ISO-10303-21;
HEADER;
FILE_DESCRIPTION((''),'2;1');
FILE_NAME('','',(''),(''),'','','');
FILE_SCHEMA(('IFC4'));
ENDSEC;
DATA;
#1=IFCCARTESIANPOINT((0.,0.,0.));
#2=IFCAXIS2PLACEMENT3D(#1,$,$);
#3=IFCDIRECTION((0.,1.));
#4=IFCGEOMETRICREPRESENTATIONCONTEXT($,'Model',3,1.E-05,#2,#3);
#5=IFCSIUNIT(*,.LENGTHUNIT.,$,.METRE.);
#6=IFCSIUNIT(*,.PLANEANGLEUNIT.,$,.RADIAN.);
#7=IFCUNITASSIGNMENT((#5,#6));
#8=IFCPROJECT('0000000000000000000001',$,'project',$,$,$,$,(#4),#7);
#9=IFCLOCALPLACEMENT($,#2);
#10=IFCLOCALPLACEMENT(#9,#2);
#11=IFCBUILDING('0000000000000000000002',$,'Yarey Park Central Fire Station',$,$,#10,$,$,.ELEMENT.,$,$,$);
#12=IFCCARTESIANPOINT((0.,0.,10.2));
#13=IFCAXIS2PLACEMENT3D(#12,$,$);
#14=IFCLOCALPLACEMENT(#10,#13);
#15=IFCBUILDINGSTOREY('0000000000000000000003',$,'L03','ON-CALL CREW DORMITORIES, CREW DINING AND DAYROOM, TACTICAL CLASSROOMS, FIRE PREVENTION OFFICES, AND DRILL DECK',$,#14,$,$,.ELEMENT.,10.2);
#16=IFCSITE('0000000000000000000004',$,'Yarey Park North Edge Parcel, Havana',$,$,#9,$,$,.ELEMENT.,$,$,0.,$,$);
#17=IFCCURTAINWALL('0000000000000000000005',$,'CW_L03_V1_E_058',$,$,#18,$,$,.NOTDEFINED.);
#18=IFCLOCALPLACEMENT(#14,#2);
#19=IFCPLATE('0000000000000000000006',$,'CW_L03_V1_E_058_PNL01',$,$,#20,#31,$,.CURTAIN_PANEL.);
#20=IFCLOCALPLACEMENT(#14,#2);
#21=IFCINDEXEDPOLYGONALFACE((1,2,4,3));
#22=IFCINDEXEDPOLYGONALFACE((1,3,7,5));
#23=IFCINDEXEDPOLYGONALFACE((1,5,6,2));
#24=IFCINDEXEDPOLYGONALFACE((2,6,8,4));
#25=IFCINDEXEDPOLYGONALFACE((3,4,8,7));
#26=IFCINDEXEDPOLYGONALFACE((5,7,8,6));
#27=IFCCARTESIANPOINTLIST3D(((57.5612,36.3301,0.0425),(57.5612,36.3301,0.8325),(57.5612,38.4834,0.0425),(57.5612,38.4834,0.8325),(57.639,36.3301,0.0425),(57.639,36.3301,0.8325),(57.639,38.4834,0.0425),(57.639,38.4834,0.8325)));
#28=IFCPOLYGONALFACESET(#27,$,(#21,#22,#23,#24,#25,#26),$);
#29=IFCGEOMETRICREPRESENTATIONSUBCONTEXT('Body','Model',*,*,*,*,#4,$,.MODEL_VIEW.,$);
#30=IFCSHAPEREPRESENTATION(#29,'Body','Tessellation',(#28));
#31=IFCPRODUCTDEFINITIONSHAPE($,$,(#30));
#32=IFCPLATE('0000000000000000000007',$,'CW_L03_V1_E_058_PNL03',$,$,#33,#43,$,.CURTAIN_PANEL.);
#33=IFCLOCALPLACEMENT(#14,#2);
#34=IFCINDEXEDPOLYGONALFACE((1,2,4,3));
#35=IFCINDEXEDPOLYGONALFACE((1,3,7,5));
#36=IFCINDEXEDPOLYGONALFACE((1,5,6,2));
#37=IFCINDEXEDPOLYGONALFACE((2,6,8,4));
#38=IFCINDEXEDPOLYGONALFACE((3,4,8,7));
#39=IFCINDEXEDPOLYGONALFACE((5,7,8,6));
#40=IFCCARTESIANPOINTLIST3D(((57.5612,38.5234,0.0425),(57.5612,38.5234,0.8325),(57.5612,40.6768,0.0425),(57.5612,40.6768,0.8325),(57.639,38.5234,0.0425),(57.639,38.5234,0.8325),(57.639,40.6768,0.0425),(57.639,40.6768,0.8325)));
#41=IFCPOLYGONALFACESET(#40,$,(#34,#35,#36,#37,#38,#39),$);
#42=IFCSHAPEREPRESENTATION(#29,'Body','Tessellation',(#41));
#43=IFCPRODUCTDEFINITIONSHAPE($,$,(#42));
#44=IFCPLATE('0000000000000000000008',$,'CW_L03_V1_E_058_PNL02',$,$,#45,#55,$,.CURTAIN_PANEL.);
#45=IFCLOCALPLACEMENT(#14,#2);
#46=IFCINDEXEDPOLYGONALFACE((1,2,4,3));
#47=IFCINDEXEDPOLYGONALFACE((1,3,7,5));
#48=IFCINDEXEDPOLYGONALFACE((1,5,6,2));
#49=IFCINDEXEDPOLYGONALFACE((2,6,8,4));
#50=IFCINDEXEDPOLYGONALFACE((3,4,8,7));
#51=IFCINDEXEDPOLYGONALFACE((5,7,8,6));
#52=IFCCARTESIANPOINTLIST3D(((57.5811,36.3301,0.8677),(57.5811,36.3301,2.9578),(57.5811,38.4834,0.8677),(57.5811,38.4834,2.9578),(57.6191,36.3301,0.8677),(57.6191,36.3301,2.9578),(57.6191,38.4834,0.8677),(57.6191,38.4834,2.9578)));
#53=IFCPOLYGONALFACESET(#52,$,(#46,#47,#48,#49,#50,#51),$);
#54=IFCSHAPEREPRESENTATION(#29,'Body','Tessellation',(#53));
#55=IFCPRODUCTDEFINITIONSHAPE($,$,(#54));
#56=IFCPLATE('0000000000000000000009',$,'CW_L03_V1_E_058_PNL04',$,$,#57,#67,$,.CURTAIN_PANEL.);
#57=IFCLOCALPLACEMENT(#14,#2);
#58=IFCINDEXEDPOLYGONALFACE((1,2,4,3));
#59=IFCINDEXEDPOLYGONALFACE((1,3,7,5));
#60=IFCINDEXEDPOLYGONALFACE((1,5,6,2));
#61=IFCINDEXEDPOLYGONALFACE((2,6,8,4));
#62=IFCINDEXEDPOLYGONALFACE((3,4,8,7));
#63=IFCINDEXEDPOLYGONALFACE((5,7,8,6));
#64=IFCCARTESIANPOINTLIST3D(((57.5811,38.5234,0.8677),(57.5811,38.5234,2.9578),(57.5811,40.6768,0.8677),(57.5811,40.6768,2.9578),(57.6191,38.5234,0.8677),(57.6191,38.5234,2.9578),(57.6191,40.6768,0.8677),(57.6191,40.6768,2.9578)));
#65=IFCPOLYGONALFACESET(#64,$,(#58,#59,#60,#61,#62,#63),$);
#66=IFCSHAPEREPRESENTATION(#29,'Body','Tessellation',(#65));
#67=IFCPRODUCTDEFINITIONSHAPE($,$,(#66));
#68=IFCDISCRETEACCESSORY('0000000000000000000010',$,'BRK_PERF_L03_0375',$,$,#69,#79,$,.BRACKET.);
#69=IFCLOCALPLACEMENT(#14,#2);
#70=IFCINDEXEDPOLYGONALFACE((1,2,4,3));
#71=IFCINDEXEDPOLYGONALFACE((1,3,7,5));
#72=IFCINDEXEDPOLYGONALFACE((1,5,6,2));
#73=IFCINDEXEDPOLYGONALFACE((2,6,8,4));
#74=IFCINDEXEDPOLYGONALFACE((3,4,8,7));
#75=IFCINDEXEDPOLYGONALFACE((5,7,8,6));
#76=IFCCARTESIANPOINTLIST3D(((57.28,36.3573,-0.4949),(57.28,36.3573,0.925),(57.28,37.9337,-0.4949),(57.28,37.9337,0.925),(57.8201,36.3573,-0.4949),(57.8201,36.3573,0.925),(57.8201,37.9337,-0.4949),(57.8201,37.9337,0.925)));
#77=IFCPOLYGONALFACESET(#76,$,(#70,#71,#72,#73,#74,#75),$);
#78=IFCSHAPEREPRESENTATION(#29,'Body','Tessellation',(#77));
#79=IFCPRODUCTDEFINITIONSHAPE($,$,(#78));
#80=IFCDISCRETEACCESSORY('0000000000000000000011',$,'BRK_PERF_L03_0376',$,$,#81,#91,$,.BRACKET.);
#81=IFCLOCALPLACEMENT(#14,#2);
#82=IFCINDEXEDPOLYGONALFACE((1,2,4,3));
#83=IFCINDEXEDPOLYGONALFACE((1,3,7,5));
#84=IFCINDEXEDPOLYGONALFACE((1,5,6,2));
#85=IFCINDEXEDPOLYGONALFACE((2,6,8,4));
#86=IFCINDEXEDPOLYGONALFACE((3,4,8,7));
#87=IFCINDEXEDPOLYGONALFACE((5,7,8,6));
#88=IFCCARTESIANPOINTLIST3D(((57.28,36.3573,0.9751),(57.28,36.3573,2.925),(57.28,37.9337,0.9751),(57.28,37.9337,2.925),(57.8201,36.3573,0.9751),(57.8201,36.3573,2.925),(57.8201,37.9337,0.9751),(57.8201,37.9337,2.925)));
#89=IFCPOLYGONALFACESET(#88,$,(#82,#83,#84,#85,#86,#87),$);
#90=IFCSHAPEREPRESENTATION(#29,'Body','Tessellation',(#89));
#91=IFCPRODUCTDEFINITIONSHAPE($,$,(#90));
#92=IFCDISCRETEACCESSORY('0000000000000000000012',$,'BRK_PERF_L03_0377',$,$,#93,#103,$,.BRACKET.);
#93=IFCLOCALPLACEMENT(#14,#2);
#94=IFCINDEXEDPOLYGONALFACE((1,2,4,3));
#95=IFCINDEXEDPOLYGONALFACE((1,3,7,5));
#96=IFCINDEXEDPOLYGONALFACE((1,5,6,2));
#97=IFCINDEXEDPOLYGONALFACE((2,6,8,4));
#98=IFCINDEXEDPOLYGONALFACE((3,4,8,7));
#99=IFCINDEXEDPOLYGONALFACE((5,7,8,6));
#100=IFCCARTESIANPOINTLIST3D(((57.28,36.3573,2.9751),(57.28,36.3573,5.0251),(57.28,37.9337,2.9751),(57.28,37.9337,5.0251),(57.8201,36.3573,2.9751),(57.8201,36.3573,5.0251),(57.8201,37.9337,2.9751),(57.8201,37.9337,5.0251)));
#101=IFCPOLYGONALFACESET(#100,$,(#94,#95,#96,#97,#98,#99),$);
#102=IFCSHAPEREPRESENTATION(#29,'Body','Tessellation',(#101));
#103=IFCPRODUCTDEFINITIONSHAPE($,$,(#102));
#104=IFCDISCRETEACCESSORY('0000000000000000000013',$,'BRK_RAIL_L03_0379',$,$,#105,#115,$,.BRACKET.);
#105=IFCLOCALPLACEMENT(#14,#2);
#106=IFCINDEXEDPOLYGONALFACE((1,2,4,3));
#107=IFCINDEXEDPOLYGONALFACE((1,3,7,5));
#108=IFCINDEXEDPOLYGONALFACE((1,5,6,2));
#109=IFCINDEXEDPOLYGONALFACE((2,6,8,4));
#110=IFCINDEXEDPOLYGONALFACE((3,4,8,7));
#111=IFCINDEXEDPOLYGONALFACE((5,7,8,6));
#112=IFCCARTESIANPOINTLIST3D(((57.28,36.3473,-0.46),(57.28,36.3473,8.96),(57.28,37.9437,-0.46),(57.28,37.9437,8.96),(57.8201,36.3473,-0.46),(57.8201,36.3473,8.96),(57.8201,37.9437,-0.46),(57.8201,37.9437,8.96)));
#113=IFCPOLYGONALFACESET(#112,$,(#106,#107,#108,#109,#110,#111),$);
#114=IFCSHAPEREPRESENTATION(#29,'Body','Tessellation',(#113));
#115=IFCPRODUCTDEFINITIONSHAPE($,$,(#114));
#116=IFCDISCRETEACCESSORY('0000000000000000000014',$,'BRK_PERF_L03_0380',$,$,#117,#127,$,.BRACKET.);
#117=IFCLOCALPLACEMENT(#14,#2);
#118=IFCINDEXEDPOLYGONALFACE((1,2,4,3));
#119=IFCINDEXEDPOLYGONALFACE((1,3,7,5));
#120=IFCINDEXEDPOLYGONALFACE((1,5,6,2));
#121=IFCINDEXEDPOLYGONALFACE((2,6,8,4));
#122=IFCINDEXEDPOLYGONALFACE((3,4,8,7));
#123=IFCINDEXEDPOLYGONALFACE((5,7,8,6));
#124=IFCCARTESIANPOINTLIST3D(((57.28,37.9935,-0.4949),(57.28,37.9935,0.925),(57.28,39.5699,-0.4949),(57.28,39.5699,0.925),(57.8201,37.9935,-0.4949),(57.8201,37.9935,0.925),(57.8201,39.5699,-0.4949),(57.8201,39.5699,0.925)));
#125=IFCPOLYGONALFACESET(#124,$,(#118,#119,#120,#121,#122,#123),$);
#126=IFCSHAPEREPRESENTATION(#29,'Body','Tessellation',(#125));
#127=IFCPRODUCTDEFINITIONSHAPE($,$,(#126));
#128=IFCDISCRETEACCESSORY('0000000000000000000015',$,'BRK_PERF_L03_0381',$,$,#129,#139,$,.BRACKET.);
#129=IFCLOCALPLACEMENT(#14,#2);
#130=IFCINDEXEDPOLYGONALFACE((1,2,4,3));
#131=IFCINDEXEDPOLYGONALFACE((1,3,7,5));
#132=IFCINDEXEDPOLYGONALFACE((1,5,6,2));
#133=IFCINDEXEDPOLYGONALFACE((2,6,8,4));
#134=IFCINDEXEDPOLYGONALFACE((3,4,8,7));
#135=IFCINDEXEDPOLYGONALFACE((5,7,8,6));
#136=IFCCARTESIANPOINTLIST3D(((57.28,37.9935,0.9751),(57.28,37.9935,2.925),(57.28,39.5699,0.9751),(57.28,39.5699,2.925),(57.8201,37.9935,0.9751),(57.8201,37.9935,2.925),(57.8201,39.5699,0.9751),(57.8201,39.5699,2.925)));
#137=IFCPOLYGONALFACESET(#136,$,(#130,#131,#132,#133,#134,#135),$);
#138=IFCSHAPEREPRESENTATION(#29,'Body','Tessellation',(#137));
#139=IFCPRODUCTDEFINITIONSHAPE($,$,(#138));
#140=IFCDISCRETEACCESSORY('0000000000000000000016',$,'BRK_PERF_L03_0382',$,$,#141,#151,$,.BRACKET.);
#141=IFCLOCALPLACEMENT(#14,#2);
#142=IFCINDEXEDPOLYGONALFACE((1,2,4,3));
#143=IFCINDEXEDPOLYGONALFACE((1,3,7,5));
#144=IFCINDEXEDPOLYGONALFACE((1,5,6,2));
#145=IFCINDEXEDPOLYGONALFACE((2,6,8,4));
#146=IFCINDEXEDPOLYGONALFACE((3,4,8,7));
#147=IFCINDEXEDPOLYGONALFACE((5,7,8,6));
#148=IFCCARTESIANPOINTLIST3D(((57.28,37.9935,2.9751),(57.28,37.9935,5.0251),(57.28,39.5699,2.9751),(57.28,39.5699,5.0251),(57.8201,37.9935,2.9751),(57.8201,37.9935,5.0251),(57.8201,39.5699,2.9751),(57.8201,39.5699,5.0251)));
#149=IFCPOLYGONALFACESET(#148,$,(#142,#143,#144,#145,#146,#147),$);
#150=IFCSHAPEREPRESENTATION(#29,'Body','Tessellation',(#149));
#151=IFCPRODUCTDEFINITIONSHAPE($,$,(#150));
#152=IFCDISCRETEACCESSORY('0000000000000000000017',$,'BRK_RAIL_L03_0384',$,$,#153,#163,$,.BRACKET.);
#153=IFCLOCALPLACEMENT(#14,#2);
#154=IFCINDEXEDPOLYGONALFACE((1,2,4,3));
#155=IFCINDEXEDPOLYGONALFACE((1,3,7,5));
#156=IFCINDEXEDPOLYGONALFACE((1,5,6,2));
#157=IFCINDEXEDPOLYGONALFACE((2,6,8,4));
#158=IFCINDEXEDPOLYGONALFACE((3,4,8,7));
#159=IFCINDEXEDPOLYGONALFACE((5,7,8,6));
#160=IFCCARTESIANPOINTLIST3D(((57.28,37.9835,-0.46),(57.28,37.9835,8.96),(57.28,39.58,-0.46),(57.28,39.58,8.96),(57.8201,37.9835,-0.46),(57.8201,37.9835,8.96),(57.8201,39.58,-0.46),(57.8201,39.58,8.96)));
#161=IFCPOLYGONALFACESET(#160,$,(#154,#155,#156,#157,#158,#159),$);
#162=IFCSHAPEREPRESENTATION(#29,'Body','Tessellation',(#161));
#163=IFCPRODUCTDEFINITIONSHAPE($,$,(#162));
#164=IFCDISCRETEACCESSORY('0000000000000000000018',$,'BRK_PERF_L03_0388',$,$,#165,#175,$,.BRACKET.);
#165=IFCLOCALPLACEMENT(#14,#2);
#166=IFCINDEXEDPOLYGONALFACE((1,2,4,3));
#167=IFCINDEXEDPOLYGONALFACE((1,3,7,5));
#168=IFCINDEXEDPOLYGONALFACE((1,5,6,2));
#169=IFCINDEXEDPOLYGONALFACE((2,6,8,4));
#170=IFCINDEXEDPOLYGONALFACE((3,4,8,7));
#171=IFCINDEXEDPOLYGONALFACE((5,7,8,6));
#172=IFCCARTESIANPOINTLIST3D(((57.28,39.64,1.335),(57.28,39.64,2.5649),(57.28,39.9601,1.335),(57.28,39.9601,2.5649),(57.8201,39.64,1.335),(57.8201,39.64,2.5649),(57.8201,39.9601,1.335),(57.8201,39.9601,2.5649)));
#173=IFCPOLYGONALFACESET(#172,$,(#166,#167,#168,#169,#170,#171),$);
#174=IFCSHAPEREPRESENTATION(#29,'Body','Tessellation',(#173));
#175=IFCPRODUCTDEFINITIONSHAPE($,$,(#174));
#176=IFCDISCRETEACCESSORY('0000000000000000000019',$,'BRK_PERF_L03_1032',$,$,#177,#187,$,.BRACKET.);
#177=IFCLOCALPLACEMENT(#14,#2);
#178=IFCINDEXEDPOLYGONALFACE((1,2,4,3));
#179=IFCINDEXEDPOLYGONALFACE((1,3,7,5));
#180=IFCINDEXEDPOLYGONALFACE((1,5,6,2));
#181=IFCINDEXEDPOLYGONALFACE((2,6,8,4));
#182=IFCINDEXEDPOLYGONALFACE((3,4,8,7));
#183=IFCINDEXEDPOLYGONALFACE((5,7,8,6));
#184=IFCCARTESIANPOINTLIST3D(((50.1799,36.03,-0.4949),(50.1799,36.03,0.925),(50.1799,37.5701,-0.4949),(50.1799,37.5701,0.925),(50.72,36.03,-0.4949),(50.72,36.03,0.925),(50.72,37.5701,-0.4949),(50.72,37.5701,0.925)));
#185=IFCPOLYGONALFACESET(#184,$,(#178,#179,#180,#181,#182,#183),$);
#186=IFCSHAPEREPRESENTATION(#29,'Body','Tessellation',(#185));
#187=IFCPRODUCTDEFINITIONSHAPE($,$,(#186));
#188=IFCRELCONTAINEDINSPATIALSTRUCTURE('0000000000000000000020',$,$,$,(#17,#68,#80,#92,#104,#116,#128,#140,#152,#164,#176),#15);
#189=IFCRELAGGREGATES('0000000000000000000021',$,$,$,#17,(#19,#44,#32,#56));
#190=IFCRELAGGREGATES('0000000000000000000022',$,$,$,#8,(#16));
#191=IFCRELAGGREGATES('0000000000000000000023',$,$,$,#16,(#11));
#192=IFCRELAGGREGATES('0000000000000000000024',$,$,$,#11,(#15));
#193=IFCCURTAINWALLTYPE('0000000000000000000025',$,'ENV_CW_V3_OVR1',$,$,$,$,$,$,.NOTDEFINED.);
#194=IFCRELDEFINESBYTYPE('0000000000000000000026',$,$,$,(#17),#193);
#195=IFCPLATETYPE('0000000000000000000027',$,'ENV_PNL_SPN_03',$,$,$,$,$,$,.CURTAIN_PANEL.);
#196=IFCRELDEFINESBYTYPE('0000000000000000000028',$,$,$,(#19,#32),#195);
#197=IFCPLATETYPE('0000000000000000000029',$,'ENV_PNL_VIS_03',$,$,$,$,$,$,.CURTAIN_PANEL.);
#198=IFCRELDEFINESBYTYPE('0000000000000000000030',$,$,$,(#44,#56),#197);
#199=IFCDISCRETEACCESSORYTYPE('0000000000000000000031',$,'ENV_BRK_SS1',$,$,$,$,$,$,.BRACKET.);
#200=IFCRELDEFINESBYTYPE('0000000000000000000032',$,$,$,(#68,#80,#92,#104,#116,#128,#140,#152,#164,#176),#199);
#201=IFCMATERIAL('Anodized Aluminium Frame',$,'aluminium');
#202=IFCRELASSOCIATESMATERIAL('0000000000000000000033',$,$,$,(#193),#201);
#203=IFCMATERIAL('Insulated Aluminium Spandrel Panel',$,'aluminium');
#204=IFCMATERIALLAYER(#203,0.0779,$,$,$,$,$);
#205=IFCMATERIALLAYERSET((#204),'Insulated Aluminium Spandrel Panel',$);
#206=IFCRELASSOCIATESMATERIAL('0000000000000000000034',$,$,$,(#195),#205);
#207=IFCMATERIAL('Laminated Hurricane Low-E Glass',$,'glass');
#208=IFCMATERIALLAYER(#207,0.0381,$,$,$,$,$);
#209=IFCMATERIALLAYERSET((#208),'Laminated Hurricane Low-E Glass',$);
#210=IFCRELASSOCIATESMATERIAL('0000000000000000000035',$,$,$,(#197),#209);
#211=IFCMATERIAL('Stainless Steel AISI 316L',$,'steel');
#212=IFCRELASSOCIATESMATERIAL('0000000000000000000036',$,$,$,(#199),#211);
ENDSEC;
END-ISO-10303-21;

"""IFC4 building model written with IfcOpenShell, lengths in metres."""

from ifc_helpers import new_model, si_unit, direction, frame, origin, origin_2d, place, context, subcontext, project, spatial, rectangle, extrude, material, layer, layer_set, type_object, element, aggregate, save


model = new_model("IFC4")

# Units and contexts
model_context = context("Model", 3, precision=1e-05, world=origin(), true_north=direction((0.0, 1.0)))
body_context = subcontext(model_context, "Body", "Model", "MODEL_VIEW")
ifc_project = project(units=[si_unit("LENGTHUNIT", "METRE"), si_unit("PLANEANGLEUNIT", "RADIAN")], contexts=[model_context])

# Site, building, storey
site_placement = place(None, origin())
site = spatial("IfcSite", under=ifc_project, at=site_placement, Name="Yarey Park North Edge Parcel, Havana", CompositionType="ELEMENT", RefElevation=0.0)
building_placement = place(site_placement, origin())
building = spatial("IfcBuilding", under=site, at=building_placement, Name="Yarey Park Central Fire Station", CompositionType="ELEMENT")
storey_placement = place(building_placement, frame((0.0, 0.0, 10.2)))
storey = spatial("IfcBuildingStorey", under=building, at=storey_placement, Name="L03", Description="ON-CALL CREW DORMITORIES, CREW DINING AND DAYROOM, TACTICAL CLASSROOMS, FIRE PREVENTION OFFICES, AND DRILL DECK", CompositionType="ELEMENT", Elevation=10.2)

# Shared definitions
ifc_material_1 = material(Name="Anodized Aluminium Frame", Category="aluminium")
curtain_wall_type = type_object("IfcCurtainWallType", Name="ENV_CW_V3_OVR1", PredefinedType="NOTDEFINED", material=ifc_material_1)

# Curtain wall
curtain_wall_1_placement = place(storey_placement, origin())
curtain_wall_1 = element("IfcCurtainWall", 1, at=curtain_wall_1_placement, inside=storey, type_object=curtain_wall_type, Name="CW_L03_V1_E_058", PredefinedType="NOTDEFINED")

# Plates
ifc_material_2 = material(Name="Insulated Aluminium Spandrel Panel", Category="aluminium")
ifc_layer_1 = layer(ifc_material_2, 0.0779)
ifc_layer_set_1 = layer_set([ifc_layer_1], Name="Insulated Aluminium Spandrel Panel")
plate_type_1 = type_object("IfcPlateType", Name="ENV_PNL_SPN_03", PredefinedType="CURTAIN_PANEL", material=ifc_layer_set_1)
plate_1_placement = place(storey_placement, frame((57.6001, 37.4067, 0.0425), z_axis=(0.0, 0.0, 1.0), x_axis=(0.0, 1.0, 0.0)))
plate_1 = element("IfcPlate", 2, at=plate_1_placement, type_object=plate_type_1, Name="CW_L03_V1_E_058_PNL01", PredefinedType="CURTAIN_PANEL", context=body_context, shape_type="SweptSolid", body=[
    extrude(rectangle(XDim=2.1533, YDim=0.0779, at=origin_2d()), origin(), (0.0, 0.0, 1.0), 0.79),
])
plate_2_placement = place(storey_placement, frame((57.6001, 39.6001, 0.0425), z_axis=(0.0, 0.0, 1.0), x_axis=(0.0, 1.0, 0.0)))
plate_2 = element("IfcPlate", 3, at=plate_2_placement, type_object=plate_type_1, Name="CW_L03_V1_E_058_PNL03", PredefinedType="CURTAIN_PANEL", context=body_context, shape_type="SweptSolid", body=[
    extrude(rectangle(XDim=2.1533, YDim=0.0779, at=origin_2d()), origin(), (0.0, 0.0, 1.0), 0.79),
])
ifc_material_3 = material(Name="Laminated Hurricane Low-E Glass", Category="glass")
ifc_layer_2 = layer(ifc_material_3, 0.0381)
ifc_layer_set_2 = layer_set([ifc_layer_2], Name="Laminated Hurricane Low-E Glass")
plate_type_2 = type_object("IfcPlateType", Name="ENV_PNL_VIS_03", PredefinedType="CURTAIN_PANEL", material=ifc_layer_set_2)
plate_3_placement = place(storey_placement, frame((57.6001, 37.4067, 0.8677), z_axis=(0.0, 0.0, 1.0), x_axis=(0.0, 1.0, 0.0)))
plate_3 = element("IfcPlate", 4, at=plate_3_placement, type_object=plate_type_2, Name="CW_L03_V1_E_058_PNL02", PredefinedType="CURTAIN_PANEL", context=body_context, shape_type="SweptSolid", body=[
    extrude(rectangle(XDim=2.1533, YDim=0.0381, at=origin_2d()), origin(), (0.0, 0.0, 1.0), 2.0901),
])
plate_4_placement = place(storey_placement, frame((57.6001, 39.6001, 0.8677), z_axis=(0.0, 0.0, 1.0), x_axis=(0.0, 1.0, 0.0)))
plate_4 = element("IfcPlate", 5, at=plate_4_placement, type_object=plate_type_2, Name="CW_L03_V1_E_058_PNL04", PredefinedType="CURTAIN_PANEL", context=body_context, shape_type="SweptSolid", body=[
    extrude(rectangle(XDim=2.1533, YDim=0.0381, at=origin_2d()), origin(), (0.0, 0.0, 1.0), 2.0901),
])
aggregate(curtain_wall_1, [plate_1, plate_3, plate_2, plate_4])

# Discrete accessories
ifc_material_4 = material(Name="Stainless Steel AISI 316L", Category="steel")
discrete_accessory_type = type_object("IfcDiscreteAccessoryType", Name="ENV_BRK_SS1", PredefinedType="BRACKET", material=ifc_material_4)
discrete_accessory_1_placement = place(storey_placement, frame((57.55, 37.1455, -0.4949), z_axis=(0.0, 0.0, 1.0), x_axis=(1.0, 0.0, 0.0)))
element("IfcDiscreteAccessory", 6, at=discrete_accessory_1_placement, inside=storey, type_object=discrete_accessory_type, Name="BRK_PERF_L03_0375", PredefinedType="BRACKET", context=body_context, shape_type="SweptSolid", body=[
    extrude(rectangle(XDim=0.54, YDim=1.5764, at=origin_2d()), origin(), (0.0, 0.0, 1.0), 1.4199),
])
discrete_accessory_2_placement = place(storey_placement, frame((57.55, 37.1455, 0.9751), z_axis=(0.0, 0.0, 1.0), x_axis=(1.0, 0.0, 0.0)))
element("IfcDiscreteAccessory", 7, at=discrete_accessory_2_placement, inside=storey, type_object=discrete_accessory_type, Name="BRK_PERF_L03_0376", PredefinedType="BRACKET", context=body_context, shape_type="SweptSolid", body=[
    extrude(rectangle(XDim=0.54, YDim=1.5764, at=origin_2d()), origin(), (0.0, 0.0, 1.0), 1.95),
])
discrete_accessory_3_placement = place(storey_placement, frame((57.55, 37.1455, 2.9751), z_axis=(0.0, 0.0, 1.0), x_axis=(1.0, 0.0, 0.0)))
element("IfcDiscreteAccessory", 8, at=discrete_accessory_3_placement, inside=storey, type_object=discrete_accessory_type, Name="BRK_PERF_L03_0377", PredefinedType="BRACKET", context=body_context, shape_type="SweptSolid", body=[
    extrude(rectangle(XDim=0.54, YDim=1.5764, at=origin_2d()), origin(), (0.0, 0.0, 1.0), 2.05),
])
discrete_accessory_4_placement = place(storey_placement, frame((57.55, 37.1455, -0.46), z_axis=(0.0, 0.0, 1.0), x_axis=(1.0, 0.0, 0.0)))
element("IfcDiscreteAccessory", 9, at=discrete_accessory_4_placement, inside=storey, type_object=discrete_accessory_type, Name="BRK_RAIL_L03_0379", PredefinedType="BRACKET", context=body_context, shape_type="SweptSolid", body=[
    extrude(rectangle(XDim=0.54, YDim=1.5964, at=origin_2d()), origin(), (0.0, 0.0, 1.0), 9.4199),
])
discrete_accessory_5_placement = place(storey_placement, frame((57.55, 38.7817, -0.4949), z_axis=(0.0, 0.0, 1.0), x_axis=(1.0, 0.0, 0.0)))
element("IfcDiscreteAccessory", 10, at=discrete_accessory_5_placement, inside=storey, type_object=discrete_accessory_type, Name="BRK_PERF_L03_0380", PredefinedType="BRACKET", context=body_context, shape_type="SweptSolid", body=[
    extrude(rectangle(XDim=0.54, YDim=1.5764, at=origin_2d()), origin(), (0.0, 0.0, 1.0), 1.4199),
])
discrete_accessory_6_placement = place(storey_placement, frame((57.55, 38.7817, 0.9751), z_axis=(0.0, 0.0, 1.0), x_axis=(1.0, 0.0, 0.0)))
element("IfcDiscreteAccessory", 11, at=discrete_accessory_6_placement, inside=storey, type_object=discrete_accessory_type, Name="BRK_PERF_L03_0381", PredefinedType="BRACKET", context=body_context, shape_type="SweptSolid", body=[
    extrude(rectangle(XDim=0.54, YDim=1.5764, at=origin_2d()), origin(), (0.0, 0.0, 1.0), 1.95),
])
discrete_accessory_7_placement = place(storey_placement, frame((57.55, 38.7817, 2.9751), z_axis=(0.0, 0.0, 1.0), x_axis=(1.0, 0.0, 0.0)))
element("IfcDiscreteAccessory", 12, at=discrete_accessory_7_placement, inside=storey, type_object=discrete_accessory_type, Name="BRK_PERF_L03_0382", PredefinedType="BRACKET", context=body_context, shape_type="SweptSolid", body=[
    extrude(rectangle(XDim=0.54, YDim=1.5764, at=origin_2d()), origin(), (0.0, 0.0, 1.0), 2.05),
])
discrete_accessory_8_placement = place(storey_placement, frame((57.55, 38.7817, -0.46), z_axis=(0.0, 0.0, 1.0), x_axis=(1.0, 0.0, 0.0)))
element("IfcDiscreteAccessory", 13, at=discrete_accessory_8_placement, inside=storey, type_object=discrete_accessory_type, Name="BRK_RAIL_L03_0384", PredefinedType="BRACKET", context=body_context, shape_type="SweptSolid", body=[
    extrude(rectangle(XDim=0.54, YDim=1.5964, at=origin_2d()), origin(), (0.0, 0.0, 1.0), 9.4199),
])
discrete_accessory_9_placement = place(storey_placement, frame((57.55, 39.8, 1.335), z_axis=(0.0, 0.0, 1.0), x_axis=(1.0, 0.0, 0.0)))
element("IfcDiscreteAccessory", 14, at=discrete_accessory_9_placement, inside=storey, type_object=discrete_accessory_type, Name="BRK_PERF_L03_0388", PredefinedType="BRACKET", context=body_context, shape_type="SweptSolid", body=[
    extrude(rectangle(XDim=0.54, YDim=0.3201, at=origin_2d()), origin(), (0.0, 0.0, 1.0), 1.23),
])
discrete_accessory_10_placement = place(storey_placement, frame((50.45, 36.8, -0.4949), z_axis=(0.0, 0.0, 1.0), x_axis=(1.0, 0.0, 0.0)))
element("IfcDiscreteAccessory", 15, at=discrete_accessory_10_placement, inside=storey, type_object=discrete_accessory_type, Name="BRK_PERF_L03_1032", PredefinedType="BRACKET", context=body_context, shape_type="SweptSolid", body=[
    extrude(rectangle(XDim=0.54, YDim=1.54, at=origin_2d()), origin(), (0.0, 0.0, 1.0), 1.4199),
])

save(model, "model.ifc")
